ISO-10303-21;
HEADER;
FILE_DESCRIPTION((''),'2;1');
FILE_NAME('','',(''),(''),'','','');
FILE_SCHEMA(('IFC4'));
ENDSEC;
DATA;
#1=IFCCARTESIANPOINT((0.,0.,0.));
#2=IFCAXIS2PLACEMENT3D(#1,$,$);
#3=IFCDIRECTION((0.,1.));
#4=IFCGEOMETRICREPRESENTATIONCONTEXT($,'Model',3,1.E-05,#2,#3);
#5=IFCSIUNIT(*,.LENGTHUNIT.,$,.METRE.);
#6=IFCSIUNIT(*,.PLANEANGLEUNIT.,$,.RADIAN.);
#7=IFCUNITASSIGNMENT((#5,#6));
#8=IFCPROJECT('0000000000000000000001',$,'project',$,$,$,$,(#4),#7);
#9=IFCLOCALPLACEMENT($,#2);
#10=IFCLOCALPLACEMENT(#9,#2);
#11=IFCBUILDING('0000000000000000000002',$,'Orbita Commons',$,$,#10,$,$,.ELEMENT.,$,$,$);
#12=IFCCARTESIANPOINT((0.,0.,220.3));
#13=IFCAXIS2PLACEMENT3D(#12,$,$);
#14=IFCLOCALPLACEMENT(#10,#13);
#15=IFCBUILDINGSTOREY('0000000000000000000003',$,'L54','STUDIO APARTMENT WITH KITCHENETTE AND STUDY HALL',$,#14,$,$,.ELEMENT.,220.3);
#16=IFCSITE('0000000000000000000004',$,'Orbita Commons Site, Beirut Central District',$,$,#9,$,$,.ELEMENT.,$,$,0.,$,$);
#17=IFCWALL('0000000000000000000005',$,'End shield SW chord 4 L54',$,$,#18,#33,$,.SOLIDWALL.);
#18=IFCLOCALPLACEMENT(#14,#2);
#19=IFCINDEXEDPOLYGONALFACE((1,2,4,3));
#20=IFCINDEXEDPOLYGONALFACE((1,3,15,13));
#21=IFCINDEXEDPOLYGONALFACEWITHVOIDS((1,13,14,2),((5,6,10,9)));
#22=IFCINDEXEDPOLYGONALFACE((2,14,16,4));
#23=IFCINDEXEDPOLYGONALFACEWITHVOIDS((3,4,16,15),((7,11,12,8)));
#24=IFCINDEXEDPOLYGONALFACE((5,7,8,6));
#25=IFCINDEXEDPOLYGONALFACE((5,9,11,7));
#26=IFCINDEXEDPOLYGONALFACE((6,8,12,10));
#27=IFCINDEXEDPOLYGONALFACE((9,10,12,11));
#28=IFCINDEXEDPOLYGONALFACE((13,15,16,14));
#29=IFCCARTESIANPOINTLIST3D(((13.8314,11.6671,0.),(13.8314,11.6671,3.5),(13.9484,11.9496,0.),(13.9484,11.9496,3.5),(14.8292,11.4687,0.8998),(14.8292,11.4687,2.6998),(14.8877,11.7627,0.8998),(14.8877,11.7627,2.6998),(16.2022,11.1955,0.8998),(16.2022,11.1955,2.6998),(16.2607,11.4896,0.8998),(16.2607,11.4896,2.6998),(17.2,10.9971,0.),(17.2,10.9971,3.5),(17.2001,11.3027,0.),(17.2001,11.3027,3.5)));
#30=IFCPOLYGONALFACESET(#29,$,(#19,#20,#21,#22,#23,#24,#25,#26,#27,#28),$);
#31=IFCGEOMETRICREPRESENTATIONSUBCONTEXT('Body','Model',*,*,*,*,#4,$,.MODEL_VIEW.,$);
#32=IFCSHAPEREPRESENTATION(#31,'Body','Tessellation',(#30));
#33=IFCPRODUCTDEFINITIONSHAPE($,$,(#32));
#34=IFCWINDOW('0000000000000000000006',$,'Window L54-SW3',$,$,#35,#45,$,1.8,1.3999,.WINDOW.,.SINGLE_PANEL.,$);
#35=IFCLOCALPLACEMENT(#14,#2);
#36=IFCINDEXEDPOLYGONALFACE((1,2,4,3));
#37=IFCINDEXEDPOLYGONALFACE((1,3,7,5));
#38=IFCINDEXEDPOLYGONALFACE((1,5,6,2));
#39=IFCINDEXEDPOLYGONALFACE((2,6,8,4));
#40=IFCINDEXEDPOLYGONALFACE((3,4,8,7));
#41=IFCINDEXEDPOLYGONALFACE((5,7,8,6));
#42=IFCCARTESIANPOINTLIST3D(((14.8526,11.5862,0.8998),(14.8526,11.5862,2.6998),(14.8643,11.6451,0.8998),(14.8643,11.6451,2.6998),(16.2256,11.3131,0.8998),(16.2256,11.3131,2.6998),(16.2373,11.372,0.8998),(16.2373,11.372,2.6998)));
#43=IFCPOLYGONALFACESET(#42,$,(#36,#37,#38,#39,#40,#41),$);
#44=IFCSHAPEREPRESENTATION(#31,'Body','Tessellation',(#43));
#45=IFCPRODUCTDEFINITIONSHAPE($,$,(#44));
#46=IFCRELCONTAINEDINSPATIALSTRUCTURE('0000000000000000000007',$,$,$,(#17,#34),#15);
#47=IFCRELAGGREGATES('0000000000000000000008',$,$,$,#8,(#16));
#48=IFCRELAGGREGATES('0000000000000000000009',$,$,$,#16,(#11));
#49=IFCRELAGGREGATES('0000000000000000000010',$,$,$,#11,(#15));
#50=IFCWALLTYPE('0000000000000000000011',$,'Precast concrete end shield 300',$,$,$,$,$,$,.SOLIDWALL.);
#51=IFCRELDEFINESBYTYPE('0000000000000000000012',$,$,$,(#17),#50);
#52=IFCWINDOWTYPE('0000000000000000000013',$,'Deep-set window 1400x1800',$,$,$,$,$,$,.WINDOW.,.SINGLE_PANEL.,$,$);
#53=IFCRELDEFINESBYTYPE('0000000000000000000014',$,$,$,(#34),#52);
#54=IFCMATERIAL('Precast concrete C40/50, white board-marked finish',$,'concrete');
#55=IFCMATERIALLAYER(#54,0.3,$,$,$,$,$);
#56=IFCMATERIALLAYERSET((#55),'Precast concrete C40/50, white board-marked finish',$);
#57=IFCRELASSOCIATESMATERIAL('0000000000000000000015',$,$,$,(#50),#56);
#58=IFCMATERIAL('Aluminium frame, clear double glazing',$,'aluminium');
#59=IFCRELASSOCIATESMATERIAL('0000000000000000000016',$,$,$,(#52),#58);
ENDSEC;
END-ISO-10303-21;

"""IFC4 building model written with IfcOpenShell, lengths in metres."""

from ifc_helpers import new_model, si_unit, direction, frame, frame_2d, origin, place, context, subcontext, project, spatial, polyline, rectangle, outline, extrude, material, layer, layer_set, type_object, element, fill, save


model = new_model("IFC4")

# Units and contexts
model_context = context("Model", 3, precision=1e-05, world=origin(), true_north=direction((0.0, 1.0)))
body_context = subcontext(model_context, "Body", "Model", "MODEL_VIEW")
ifc_project = project(units=[si_unit("LENGTHUNIT", "METRE"), si_unit("PLANEANGLEUNIT", "RADIAN")], contexts=[model_context])

# Site, building, storey
site_placement = place(None, origin())
site = spatial("IfcSite", under=ifc_project, at=site_placement, Name="Orbita Commons Site, Beirut Central District", CompositionType="ELEMENT", RefElevation=0.0)
building_placement = place(site_placement, origin())
building = spatial("IfcBuilding", under=site, at=building_placement, Name="Orbita Commons", CompositionType="ELEMENT")
storey_placement = place(building_placement, frame((0.0, 0.0, 220.3)))
storey = spatial("IfcBuildingStorey", under=building, at=storey_placement, Name="L54", Description="STUDIO APARTMENT WITH KITCHENETTE AND STUDY HALL", CompositionType="ELEMENT", Elevation=220.3)

# Wall, opening, window
ifc_material_1 = material(Name="Precast concrete C40/50, white board-marked finish", Category="concrete")
ifc_layer_1 = layer(ifc_material_1, 0.3)
ifc_layer_set_1 = layer_set([ifc_layer_1], Name="Precast concrete C40/50, white board-marked finish")
wall_type_1 = type_object("IfcWallType", Name="Precast concrete end shield 300", PredefinedType="SOLIDWALL", material=ifc_layer_set_1)
ifc_material_2 = material(Name="Aluminium frame, clear double glazing", Category="aluminium")
window_type = type_object("IfcWindowType", Name="Deep-set window 1400x1800", PartitioningType="SINGLE_PANEL", PredefinedType="WINDOW", material=ifc_material_2)
wall_1_placement = place(storey_placement, frame((13.8899, 11.8083, 0.0), z_axis=(0.0, 0.0, 1.0), x_axis=(0.980783, -0.1951, 0.0)))
wall_1 = element("IfcWall", 1, at=wall_1_placement, inside=storey, type_object=wall_type_1, Name="End shield SW chord 4 L54", PredefinedType="SOLIDWALL", context=body_context, shape_type="SweptSolid", body=[
    extrude(outline(polyline([(-0.0298, -0.1499), (3.4048, -0.1499), (3.3452, 0.1499), (0.0298, 0.1499), (-0.0298, -0.1499)])), origin(), (0.0, 0.0, 1.0), 3.5),
])
opening_1_placement = place(wall_1_placement, frame((0.9875, 0.0, 0.8999)))
opening_1 = element("IfcOpeningElement", 2, at=opening_1_placement, cuts=wall_1, PredefinedType="OPENING", context=body_context, shape_type="SweptSolid", body=[
    extrude(rectangle(XDim=1.3999, YDim=1.8, at=frame_2d((0.7, 0.8999))), frame((0.0, 0.1599, 0.0), z_axis=(0.0, -1.0, 0.0), x_axis=(1.0, 0.0, 0.0)), (0.0, 0.0, 1.0), 0.3201),
])
window_1_placement = place(opening_1_placement, origin())
window_1 = element("IfcWindow", 3, at=window_1_placement, inside=storey, type_object=window_type, Name="Window L54-SW3", OverallHeight=1.8, OverallWidth=1.3999, PartitioningType="SINGLE_PANEL", PredefinedType="WINDOW", context=body_context, shape_type="SweptSolid", body=[
    extrude(rectangle(XDim=1.3999, YDim=1.8, at=frame_2d((0.7, 0.8999))), frame((0.0, 0.03, 0.0), z_axis=(0.0, -1.0, 0.0), x_axis=(1.0, 0.0, 0.0)), (0.0, 0.0, 1.0), 0.0601),
])
fill(opening_1, window_1)

save(model, "model.ifc")
